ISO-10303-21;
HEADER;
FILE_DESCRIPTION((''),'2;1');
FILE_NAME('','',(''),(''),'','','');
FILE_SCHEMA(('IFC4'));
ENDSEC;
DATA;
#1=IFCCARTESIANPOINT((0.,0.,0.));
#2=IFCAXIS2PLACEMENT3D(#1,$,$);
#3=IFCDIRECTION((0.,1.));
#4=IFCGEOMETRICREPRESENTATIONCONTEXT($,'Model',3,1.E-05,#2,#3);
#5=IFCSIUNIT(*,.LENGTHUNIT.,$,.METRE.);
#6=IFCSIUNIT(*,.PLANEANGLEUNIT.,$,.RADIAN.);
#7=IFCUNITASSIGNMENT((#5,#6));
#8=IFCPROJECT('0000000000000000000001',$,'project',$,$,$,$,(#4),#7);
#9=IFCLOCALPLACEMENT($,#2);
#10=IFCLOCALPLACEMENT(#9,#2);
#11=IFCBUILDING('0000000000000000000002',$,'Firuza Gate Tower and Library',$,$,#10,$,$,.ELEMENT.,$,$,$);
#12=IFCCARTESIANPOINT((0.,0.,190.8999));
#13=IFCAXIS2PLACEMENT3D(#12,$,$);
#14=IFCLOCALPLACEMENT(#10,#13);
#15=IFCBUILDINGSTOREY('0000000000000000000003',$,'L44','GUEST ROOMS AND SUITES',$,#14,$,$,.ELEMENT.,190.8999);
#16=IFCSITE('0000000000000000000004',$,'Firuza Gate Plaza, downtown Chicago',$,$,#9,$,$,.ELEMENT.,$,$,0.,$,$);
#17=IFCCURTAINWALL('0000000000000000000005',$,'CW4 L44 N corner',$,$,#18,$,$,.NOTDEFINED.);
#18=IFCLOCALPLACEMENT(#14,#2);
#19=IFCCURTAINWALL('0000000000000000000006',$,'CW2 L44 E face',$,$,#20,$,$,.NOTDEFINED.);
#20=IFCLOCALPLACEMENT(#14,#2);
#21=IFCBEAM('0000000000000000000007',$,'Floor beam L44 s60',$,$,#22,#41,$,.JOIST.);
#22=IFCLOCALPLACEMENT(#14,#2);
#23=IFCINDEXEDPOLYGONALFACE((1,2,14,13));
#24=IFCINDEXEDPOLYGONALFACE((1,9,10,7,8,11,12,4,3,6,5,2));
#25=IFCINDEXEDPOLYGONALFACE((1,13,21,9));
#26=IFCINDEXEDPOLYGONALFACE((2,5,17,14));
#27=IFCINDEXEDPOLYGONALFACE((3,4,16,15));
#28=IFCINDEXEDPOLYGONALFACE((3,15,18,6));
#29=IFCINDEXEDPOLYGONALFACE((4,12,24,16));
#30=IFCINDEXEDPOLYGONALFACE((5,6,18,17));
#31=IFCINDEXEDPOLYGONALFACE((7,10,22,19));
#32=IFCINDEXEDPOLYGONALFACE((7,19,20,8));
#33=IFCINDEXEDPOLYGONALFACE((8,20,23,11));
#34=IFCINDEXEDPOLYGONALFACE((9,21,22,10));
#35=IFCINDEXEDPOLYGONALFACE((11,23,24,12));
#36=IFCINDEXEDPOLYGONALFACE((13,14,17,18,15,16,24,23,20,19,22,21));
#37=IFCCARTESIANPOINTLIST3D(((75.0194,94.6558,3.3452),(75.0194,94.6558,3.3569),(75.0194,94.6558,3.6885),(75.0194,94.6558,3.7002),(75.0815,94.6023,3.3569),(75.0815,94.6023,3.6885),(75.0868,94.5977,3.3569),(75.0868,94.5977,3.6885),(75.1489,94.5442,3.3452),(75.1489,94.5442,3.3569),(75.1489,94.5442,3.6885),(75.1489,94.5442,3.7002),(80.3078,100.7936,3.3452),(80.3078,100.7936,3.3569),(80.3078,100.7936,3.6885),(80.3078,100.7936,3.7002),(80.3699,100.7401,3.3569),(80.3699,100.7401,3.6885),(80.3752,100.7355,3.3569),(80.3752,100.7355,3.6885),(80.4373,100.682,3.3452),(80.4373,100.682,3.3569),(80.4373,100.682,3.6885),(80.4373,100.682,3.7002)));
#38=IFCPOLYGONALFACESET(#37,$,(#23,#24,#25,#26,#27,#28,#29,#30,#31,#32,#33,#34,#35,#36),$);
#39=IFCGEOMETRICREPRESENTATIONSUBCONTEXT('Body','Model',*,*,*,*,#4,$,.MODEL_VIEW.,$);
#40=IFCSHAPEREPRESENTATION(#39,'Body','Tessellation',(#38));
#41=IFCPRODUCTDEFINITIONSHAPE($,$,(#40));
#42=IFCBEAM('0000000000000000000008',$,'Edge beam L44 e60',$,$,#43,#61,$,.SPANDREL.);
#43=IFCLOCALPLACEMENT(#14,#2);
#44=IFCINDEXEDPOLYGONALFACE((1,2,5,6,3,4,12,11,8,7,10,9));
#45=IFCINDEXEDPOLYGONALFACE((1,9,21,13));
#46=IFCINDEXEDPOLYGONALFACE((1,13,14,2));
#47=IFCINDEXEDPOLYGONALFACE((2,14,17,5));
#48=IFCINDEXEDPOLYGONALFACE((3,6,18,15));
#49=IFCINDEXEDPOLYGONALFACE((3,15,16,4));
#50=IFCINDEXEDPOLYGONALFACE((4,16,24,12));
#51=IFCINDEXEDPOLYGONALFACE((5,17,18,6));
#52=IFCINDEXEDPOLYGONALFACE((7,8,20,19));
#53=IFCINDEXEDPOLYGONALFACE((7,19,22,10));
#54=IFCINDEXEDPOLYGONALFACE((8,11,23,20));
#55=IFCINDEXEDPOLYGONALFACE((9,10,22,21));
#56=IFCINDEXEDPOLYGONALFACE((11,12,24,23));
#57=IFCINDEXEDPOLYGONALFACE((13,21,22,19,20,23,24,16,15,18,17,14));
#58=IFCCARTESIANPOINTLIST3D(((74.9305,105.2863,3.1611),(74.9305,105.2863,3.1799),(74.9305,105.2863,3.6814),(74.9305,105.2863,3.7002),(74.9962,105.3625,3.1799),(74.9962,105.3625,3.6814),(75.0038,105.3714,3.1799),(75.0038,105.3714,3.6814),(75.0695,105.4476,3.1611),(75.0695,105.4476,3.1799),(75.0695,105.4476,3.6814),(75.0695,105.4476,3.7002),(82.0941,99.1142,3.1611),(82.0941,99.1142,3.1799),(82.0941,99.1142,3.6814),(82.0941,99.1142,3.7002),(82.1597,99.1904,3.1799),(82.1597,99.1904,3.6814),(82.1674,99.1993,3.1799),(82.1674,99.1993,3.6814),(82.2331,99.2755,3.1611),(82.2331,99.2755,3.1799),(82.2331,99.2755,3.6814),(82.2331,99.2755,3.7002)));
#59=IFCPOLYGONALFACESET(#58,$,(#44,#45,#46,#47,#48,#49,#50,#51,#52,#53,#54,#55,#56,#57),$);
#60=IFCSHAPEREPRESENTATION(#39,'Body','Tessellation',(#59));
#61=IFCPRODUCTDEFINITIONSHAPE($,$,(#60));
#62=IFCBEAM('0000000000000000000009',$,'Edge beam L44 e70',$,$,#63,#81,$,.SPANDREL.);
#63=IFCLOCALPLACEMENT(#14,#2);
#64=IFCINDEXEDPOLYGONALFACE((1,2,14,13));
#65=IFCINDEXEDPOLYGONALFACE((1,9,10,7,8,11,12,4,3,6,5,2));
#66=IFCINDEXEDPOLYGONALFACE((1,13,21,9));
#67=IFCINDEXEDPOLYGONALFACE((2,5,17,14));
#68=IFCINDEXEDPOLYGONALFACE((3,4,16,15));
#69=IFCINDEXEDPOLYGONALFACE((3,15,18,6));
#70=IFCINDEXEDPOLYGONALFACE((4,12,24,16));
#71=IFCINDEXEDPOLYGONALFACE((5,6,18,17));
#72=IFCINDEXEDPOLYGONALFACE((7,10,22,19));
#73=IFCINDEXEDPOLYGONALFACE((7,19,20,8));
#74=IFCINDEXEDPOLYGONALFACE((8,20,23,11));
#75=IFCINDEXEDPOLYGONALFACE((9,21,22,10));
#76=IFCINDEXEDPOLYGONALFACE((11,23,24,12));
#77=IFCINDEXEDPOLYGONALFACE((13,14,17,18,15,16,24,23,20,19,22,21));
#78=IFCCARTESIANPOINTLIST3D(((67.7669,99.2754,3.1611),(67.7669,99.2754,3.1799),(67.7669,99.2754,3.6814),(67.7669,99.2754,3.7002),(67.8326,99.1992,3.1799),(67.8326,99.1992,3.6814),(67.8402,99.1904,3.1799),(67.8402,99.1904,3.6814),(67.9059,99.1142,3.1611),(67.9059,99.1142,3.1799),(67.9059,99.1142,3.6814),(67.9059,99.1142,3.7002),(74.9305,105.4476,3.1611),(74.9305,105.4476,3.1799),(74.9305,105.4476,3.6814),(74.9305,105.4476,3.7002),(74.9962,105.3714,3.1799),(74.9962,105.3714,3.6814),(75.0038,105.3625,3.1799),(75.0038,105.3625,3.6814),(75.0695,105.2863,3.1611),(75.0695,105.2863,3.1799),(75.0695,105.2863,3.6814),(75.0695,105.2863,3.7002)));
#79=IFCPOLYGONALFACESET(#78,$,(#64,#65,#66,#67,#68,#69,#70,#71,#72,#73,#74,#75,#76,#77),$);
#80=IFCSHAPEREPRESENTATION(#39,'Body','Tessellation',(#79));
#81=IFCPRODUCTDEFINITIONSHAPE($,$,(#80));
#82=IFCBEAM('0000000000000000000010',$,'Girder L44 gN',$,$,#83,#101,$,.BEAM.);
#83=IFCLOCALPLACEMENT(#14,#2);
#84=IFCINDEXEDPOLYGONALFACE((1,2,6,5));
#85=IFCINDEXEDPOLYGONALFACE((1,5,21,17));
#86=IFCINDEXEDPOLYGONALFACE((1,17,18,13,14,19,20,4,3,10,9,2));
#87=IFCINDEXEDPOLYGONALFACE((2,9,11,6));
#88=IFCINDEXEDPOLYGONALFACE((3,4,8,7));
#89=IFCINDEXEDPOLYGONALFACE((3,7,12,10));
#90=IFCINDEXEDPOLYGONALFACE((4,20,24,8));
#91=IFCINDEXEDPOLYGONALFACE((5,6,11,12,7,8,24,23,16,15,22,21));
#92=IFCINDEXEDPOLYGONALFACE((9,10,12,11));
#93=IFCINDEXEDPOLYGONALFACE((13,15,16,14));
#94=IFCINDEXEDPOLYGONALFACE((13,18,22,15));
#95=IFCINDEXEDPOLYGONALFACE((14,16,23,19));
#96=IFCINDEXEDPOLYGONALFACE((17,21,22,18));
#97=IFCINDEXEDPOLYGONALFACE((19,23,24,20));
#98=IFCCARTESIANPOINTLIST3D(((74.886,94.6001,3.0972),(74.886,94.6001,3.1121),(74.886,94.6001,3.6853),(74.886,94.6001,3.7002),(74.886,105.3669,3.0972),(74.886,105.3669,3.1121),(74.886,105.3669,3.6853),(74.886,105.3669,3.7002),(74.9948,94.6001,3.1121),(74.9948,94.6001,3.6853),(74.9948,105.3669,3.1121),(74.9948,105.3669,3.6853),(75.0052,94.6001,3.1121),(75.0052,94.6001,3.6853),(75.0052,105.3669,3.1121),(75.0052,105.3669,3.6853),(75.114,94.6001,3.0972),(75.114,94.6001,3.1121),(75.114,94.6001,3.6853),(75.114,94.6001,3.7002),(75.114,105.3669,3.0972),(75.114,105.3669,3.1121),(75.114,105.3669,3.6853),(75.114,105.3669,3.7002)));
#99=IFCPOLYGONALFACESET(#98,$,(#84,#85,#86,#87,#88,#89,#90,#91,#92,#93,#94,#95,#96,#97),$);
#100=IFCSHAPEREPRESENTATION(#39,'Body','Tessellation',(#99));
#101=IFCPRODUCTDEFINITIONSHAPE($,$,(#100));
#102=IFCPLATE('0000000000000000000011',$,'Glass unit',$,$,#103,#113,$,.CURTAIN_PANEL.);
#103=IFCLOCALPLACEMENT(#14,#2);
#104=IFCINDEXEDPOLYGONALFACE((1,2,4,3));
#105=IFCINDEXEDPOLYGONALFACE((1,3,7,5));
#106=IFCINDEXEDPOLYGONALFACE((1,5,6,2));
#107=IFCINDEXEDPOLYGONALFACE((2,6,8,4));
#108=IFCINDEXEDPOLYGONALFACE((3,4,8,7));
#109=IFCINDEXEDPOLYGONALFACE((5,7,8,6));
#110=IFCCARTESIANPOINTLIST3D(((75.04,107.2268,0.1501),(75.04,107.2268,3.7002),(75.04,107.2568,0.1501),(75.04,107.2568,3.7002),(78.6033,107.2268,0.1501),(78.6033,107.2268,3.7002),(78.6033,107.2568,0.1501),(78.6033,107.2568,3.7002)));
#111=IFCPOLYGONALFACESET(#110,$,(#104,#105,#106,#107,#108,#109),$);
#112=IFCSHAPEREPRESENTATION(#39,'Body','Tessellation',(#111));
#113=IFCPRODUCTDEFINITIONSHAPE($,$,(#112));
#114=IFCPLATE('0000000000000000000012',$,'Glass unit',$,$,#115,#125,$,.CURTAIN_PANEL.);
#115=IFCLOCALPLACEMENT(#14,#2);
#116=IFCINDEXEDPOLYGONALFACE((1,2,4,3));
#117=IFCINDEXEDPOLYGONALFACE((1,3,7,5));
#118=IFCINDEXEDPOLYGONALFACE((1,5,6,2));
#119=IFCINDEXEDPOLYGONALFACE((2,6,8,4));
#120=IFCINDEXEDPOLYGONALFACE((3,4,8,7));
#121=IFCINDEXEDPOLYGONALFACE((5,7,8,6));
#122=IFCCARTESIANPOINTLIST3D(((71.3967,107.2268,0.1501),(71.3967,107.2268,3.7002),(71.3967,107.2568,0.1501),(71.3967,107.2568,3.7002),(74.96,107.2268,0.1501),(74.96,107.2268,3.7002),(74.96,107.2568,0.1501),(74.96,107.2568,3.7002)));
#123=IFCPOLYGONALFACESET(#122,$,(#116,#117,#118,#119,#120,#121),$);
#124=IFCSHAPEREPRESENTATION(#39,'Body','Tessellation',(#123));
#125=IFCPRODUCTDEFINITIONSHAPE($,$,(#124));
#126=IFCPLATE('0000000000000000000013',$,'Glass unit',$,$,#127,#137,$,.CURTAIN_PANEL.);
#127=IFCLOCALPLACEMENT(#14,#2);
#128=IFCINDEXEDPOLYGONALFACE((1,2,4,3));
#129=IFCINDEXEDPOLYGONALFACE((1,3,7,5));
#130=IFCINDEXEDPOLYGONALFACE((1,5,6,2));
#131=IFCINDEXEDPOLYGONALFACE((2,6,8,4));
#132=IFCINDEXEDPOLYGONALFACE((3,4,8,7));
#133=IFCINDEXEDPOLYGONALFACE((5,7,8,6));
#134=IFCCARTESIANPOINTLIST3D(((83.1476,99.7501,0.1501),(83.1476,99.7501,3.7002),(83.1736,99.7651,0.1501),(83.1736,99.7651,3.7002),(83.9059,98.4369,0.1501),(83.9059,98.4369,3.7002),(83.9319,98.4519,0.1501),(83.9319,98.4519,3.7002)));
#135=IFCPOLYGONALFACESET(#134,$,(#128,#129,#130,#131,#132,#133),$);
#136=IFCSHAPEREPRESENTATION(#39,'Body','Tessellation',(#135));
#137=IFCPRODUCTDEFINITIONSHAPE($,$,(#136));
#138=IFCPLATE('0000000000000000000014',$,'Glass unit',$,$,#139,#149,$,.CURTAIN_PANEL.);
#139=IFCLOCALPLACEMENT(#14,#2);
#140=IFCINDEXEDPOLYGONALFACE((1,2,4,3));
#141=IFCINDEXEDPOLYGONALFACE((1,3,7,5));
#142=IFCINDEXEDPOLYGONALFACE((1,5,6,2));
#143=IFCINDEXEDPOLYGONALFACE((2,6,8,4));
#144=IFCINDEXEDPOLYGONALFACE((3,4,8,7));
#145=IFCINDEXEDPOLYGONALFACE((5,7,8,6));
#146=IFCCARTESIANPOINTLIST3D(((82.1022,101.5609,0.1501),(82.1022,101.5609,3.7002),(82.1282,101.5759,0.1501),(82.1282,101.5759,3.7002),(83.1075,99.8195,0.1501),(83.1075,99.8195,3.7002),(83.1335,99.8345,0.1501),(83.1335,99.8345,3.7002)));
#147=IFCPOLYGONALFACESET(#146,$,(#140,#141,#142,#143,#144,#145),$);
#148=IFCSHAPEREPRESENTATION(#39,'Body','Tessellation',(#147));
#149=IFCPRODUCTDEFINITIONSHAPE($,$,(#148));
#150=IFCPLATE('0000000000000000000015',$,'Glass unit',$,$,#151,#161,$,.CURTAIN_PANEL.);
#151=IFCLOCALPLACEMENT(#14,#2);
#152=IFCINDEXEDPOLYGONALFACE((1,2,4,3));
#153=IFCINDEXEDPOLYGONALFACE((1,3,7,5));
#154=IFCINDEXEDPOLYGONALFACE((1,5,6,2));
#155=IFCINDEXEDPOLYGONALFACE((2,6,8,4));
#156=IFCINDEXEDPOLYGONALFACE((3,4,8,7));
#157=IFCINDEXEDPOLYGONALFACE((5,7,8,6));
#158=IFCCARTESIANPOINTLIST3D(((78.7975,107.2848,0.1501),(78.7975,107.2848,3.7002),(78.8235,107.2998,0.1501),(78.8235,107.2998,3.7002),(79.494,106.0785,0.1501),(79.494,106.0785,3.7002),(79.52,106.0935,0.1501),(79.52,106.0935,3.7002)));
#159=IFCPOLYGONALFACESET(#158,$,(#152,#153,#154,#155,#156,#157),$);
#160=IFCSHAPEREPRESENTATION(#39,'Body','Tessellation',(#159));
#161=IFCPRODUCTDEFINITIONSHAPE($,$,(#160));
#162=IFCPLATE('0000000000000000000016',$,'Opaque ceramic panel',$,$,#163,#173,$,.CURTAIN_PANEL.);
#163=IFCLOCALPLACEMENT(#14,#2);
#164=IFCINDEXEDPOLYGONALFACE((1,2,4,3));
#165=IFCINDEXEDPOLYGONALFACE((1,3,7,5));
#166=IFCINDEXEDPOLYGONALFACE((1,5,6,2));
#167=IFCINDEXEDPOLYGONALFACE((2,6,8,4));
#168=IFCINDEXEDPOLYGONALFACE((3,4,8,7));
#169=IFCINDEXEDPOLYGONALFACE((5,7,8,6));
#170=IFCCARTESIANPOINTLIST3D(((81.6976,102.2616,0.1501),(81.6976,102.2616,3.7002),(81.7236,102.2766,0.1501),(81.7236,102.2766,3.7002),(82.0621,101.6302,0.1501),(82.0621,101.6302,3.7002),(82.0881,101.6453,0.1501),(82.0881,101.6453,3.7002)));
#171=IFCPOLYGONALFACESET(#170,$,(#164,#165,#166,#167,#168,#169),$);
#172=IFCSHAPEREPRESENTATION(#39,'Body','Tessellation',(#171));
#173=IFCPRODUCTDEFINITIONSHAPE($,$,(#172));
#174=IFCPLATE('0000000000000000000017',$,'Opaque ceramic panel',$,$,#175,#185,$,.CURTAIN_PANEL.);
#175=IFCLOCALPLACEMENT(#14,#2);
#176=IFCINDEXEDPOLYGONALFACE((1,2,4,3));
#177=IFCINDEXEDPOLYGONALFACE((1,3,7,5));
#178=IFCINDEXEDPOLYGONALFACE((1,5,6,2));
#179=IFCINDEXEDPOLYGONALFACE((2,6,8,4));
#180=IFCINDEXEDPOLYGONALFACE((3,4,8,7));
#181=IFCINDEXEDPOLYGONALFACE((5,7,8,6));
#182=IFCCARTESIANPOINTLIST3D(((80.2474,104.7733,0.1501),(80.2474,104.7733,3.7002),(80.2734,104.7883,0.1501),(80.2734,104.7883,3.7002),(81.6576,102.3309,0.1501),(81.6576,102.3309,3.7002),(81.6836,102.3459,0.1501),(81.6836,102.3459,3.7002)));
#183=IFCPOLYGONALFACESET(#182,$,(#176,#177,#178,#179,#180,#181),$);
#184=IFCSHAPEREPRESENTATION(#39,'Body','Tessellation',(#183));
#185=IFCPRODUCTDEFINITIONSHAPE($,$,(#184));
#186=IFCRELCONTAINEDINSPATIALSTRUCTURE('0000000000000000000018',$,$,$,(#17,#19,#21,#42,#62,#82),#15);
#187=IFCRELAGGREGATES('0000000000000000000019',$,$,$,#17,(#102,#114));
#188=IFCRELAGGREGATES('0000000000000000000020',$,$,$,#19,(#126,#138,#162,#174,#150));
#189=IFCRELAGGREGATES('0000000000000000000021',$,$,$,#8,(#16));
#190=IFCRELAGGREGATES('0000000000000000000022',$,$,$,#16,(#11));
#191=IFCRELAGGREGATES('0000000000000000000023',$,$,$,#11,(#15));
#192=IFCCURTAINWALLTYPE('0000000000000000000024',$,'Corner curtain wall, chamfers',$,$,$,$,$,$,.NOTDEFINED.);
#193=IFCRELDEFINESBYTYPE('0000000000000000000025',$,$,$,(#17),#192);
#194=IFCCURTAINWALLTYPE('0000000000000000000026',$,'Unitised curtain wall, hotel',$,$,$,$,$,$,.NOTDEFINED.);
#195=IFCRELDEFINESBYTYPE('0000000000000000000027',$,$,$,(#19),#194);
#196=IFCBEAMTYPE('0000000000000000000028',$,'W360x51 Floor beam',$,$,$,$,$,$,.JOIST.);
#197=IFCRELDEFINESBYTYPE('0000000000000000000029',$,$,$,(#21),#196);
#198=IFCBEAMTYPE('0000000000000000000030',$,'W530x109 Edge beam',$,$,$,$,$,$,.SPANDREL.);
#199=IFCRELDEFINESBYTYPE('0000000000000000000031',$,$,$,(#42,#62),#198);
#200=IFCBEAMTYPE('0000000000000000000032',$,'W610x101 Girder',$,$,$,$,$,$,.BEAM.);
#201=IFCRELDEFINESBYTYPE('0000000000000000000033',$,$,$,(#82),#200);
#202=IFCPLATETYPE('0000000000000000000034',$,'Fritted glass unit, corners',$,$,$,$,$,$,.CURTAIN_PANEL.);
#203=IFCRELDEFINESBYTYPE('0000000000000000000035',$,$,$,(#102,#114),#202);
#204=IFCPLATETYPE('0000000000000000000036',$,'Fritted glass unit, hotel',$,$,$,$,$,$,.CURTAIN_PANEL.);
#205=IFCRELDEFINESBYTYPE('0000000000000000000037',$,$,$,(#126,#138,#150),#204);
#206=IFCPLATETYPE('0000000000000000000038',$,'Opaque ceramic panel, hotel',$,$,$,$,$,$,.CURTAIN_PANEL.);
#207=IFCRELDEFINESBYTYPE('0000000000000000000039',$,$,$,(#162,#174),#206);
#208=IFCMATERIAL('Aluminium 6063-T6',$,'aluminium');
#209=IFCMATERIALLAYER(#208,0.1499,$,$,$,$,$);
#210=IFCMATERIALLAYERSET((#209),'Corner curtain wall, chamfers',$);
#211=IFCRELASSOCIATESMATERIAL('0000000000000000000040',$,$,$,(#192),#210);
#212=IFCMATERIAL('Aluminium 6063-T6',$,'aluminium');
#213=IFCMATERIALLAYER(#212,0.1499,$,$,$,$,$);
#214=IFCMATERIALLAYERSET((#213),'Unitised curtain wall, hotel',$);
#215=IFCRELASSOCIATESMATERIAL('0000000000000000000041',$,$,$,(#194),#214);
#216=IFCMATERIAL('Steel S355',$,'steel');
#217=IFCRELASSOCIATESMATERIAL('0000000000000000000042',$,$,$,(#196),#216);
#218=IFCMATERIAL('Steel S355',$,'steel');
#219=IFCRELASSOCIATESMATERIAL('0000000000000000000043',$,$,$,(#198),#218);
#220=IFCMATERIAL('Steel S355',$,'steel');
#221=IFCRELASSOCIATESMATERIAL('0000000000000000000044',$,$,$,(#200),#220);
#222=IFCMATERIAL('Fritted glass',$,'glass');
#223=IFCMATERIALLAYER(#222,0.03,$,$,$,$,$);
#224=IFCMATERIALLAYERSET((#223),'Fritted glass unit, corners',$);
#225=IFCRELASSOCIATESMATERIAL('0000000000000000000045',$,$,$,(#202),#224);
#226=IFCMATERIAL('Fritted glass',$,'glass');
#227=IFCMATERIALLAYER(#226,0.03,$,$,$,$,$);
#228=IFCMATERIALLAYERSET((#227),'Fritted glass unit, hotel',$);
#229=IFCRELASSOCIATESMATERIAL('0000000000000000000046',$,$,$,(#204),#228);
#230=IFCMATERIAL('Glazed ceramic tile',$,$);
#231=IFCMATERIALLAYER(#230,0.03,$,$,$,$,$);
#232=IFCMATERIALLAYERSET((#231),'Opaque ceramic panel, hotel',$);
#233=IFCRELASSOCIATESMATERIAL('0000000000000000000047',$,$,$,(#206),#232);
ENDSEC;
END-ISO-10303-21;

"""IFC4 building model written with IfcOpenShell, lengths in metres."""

from ifc_helpers import new_model, si_unit, direction, frame, origin, origin_2d, place, context, subcontext, project, spatial, polyline, i_section, outline, extrude, material, layer, layer_set, material_profile, profile_set, type_object, element, aggregate, save


model = new_model("IFC4")

# Units and contexts
model_context = context("Model", 3, precision=1e-05, world=origin(), true_north=direction((0.0, 1.0)))
body_context = subcontext(model_context, "Body", "Model", "MODEL_VIEW")
ifc_project = project(units=[si_unit("LENGTHUNIT", "METRE"), si_unit("PLANEANGLEUNIT", "RADIAN")], contexts=[model_context])

# Site, building, storey
site_placement = place(None, origin())
site = spatial("IfcSite", under=ifc_project, at=site_placement, Name="Firuza Gate Plaza, downtown Chicago", CompositionType="ELEMENT", RefElevation=0.0)
building_placement = place(site_placement, origin())
building = spatial("IfcBuilding", under=site, at=building_placement, Name="Firuza Gate Tower and Library", CompositionType="ELEMENT")
storey_placement = place(building_placement, frame((0.0, 0.0, 190.8999)))
storey = spatial("IfcBuildingStorey", under=building, at=storey_placement, Name="L44", Description="GUEST ROOMS AND SUITES", CompositionType="ELEMENT", Elevation=190.8999)

# Curtain walls
ifc_material_1 = material(Name="Aluminium 6063-T6", Category="aluminium")
ifc_layer_1 = layer(ifc_material_1, 0.1499)
ifc_layer_set_1 = layer_set([ifc_layer_1], Name="Corner curtain wall, chamfers")
curtain_wall_type_1 = type_object("IfcCurtainWallType", Name="Corner curtain wall, chamfers", PredefinedType="NOTDEFINED", material=ifc_layer_set_1)
placement = place(storey_placement, origin())
curtain_wall_1 = element("IfcCurtainWall", 1, at=placement, inside=storey, type_object=curtain_wall_type_1, Name="CW4 L44 N corner", PredefinedType="NOTDEFINED")
ifc_material_2 = material(Name="Aluminium 6063-T6", Category="aluminium")
ifc_layer_2 = layer(ifc_material_2, 0.1499)
ifc_layer_set_2 = layer_set([ifc_layer_2], Name="Unitised curtain wall, hotel")
curtain_wall_type_2 = type_object("IfcCurtainWallType", Name="Unitised curtain wall, hotel", PredefinedType="NOTDEFINED", material=ifc_layer_set_2)
curtain_wall_2 = element("IfcCurtainWall", 2, at=placement, inside=storey, type_object=curtain_wall_type_2, Name="CW2 L44 E face", PredefinedType="NOTDEFINED")

# Beams
ifc_material_3 = material(Name="Steel S355", Category="steel")
ifc_material_profile_1 = material_profile(ifc_material_3, i_section(OverallWidth=0.1709, OverallDepth=0.355, WebThickness=0.0071, FlangeThickness=0.0117, at=origin_2d()))
ifc_profile_set_1 = profile_set([ifc_material_profile_1], Name="Steel S355")
beam_type_1 = type_object("IfcBeamType", Name="W360x51 Floor beam", PredefinedType="JOIST", material=ifc_profile_set_1)
beam_1_placement = place(storey_placement, frame((80.3726, 100.7378, 3.5227), z_axis=(-0.652742, -0.75758, 0.0), x_axis=(0.75758, -0.652742, 0.0)))
element("IfcBeam", 3, at=beam_1_placement, inside=storey, type_object=beam_type_1, Name="Floor beam L44 s60", PredefinedType="JOIST", context=body_context, shape_type="SweptSolid", body=[
    extrude(i_section(OverallWidth=0.1709, OverallDepth=0.355, WebThickness=0.0071, FlangeThickness=0.0117, at=origin_2d()), origin(), (0.0, 0.0, 1.0), 8.1018),
])
ifc_material_4 = material(Name="Steel S355", Category="steel")
ifc_material_profile_2 = material_profile(ifc_material_4, i_section(OverallWidth=0.2129, OverallDepth=0.5391, WebThickness=0.0117, FlangeThickness=0.0188, at=origin_2d()))
ifc_profile_set_2 = profile_set([ifc_material_profile_2], Name="Steel S355")
beam_type_2 = type_object("IfcBeamType", Name="W530x109 Edge beam", PredefinedType="SPANDREL", material=ifc_profile_set_2)
for number, where, z_axis, x_axis, name in (
    (4, (82.1636, 99.1948, 3.4307), (-0.757586, 0.652735, 0.0), (-0.652735, -0.757586, 0.0), "Edge beam L44 e60"),
    (5, (75.0, 105.3669, 3.4307), (-0.757586, -0.652735, 0.0), (0.652735, -0.757586, 0.0), "Edge beam L44 e70"),
):
    element("IfcBeam", number, at=place(storey_placement, frame(where, z_axis=z_axis, x_axis=x_axis)), inside=storey, type_object=beam_type_2, Name=name, PredefinedType="SPANDREL", context=body_context, shape_type="SweptSolid", body=[
        extrude(i_section(OverallWidth=0.2129, OverallDepth=0.5391, WebThickness=0.0117, FlangeThickness=0.0188, at=origin_2d()), origin(), (0.0, 0.0, 1.0), 9.4558),
    ])
ifc_material_5 = material(Name="Steel S355", Category="steel")
ifc_material_profile_3 = material_profile(ifc_material_5, i_section(OverallWidth=0.228, OverallDepth=0.603, WebThickness=0.0105, FlangeThickness=0.0149, at=origin_2d()))
ifc_profile_set_3 = profile_set([ifc_material_profile_3], Name="Steel S355")
beam_type_3 = type_object("IfcBeamType", Name="W610x101 Girder", PredefinedType="BEAM", material=ifc_profile_set_3)
beam_2_placement = place(storey_placement, frame((75.0, 105.3669, 3.3987), z_axis=(0.0, -1.0, 0.0), x_axis=(1.0, 0.0, 0.0)))
element("IfcBeam", 6, at=beam_2_placement, inside=storey, type_object=beam_type_3, Name="Girder L44 gN", PredefinedType="BEAM", context=body_context, shape_type="SweptSolid", body=[
    extrude(i_section(OverallWidth=0.228, OverallDepth=0.603, WebThickness=0.0105, FlangeThickness=0.0149, at=origin_2d()), origin(), (0.0, 0.0, 1.0), 10.7668),
])

# Plates
ifc_material_6 = material(Name="Fritted glass", Category="glass")
ifc_layer_3 = layer(ifc_material_6, 0.03)
ifc_layer_set_3 = layer_set([ifc_layer_3], Name="Fritted glass unit, corners")
plate_type_1 = type_object("IfcPlateType", Name="Fritted glass unit, corners", PredefinedType="CURTAIN_PANEL", material=ifc_layer_set_3)
plate_1_placement = place(storey_placement, frame((78.6033, 107.2568, 0.1501), z_axis=(0.0, 1.0, 0.0), x_axis=(-1.0, 0.0, 0.0)))
plate_1 = element("IfcPlate", 7, at=plate_1_placement, type_object=plate_type_1, Name="Glass unit", PredefinedType="CURTAIN_PANEL", context=body_context, shape_type="SweptSolid", body=[
    extrude(outline(polyline([(0.0, 0.0), (3.5632, 0.0), (3.5632, 3.55), (0.0, 3.55), (0.0, 0.0)])), origin(), (0.0, 0.0, -1.0), 0.03),
])
plate_2_placement = place(storey_placement, frame((74.96, 107.2568, 0.1501), z_axis=(0.0, 1.0, 0.0), x_axis=(-1.0, 0.0, 0.0)))
plate_2 = element("IfcPlate", 8, at=plate_2_placement, type_object=plate_type_1, Name="Glass unit", PredefinedType="CURTAIN_PANEL", context=body_context, shape_type="SweptSolid", body=[
    extrude(outline(polyline([(0.0, 0.0), (3.5632, 0.0), (3.5632, 3.55), (0.0, 3.55), (0.0, 0.0)])), origin(), (0.0, 0.0, -1.0), 0.03),
])
aggregate(curtain_wall_1, [plate_1, plate_2])
ifc_material_7 = material(Name="Fritted glass", Category="glass")
ifc_layer_4 = layer(ifc_material_7, 0.03)
ifc_layer_set_4 = layer_set([ifc_layer_4], Name="Fritted glass unit, hotel")
plate_type_2 = type_object("IfcPlateType", Name="Fritted glass unit, hotel", PredefinedType="CURTAIN_PANEL", material=ifc_layer_set_4)
plate_3_placement = place(storey_placement, frame((83.9319, 98.4519, 0.1501), z_axis=(0.865995, 0.500052, 0.0), x_axis=(-0.500052, 0.865995, 0.0)))
plate_3 = element("IfcPlate", 9, at=plate_3_placement, type_object=plate_type_2, Name="Glass unit", PredefinedType="CURTAIN_PANEL", context=body_context, shape_type="SweptSolid", body=[
    extrude(outline(polyline([(0.0, 0.0), (1.5164, 0.0), (1.5164, 3.55), (0.0, 3.55), (0.0, 0.0)])), origin(), (0.0, 0.0, -1.0), 0.03),
])
plate_4_placement = place(storey_placement, frame((83.1335, 99.8345, 0.1501), z_axis=(0.866038, 0.499978, 0.0), x_axis=(-0.499978, 0.866038, 0.0)))
plate_4 = element("IfcPlate", 10, at=plate_4_placement, type_object=plate_type_2, Name="Glass unit", PredefinedType="CURTAIN_PANEL", context=body_context, shape_type="SweptSolid", body=[
    extrude(outline(polyline([(0.0, 0.0), (2.0108, 0.0), (2.0108, 3.55), (0.0, 3.55), (0.0, 0.0)])), origin(), (0.0, 0.0, -1.0), 0.03),
])
plate_5_placement = place(storey_placement, frame((79.52, 106.0935, 0.1501), z_axis=(0.866002, 0.500041, 0.0), x_axis=(-0.500041, 0.866002, 0.0)))
plate_5 = element("IfcPlate", 11, at=plate_5_placement, type_object=plate_type_2, Name="Glass unit", PredefinedType="CURTAIN_PANEL", context=body_context, shape_type="SweptSolid", body=[
    extrude(outline(polyline([(0.0, 0.0), (1.393, 0.0), (1.393, 3.55), (0.0, 3.55), (0.0, 0.0)])), origin(), (0.0, 0.0, -1.0), 0.03),
])
ifc_material_8 = material(Name="Glazed ceramic tile")
ifc_layer_5 = layer(ifc_material_8, 0.03)
ifc_layer_set_5 = layer_set([ifc_layer_5], Name="Opaque ceramic panel, hotel")
plate_type_3 = type_object("IfcPlateType", Name="Opaque ceramic panel, hotel", PredefinedType="CURTAIN_PANEL", material=ifc_layer_set_5)
plate_6_placement = place(storey_placement, frame((82.0881, 101.6453, 0.1501), z_axis=(0.866029, 0.499993, 0.0), x_axis=(-0.499993, 0.866029, 0.0)))
plate_6 = element("IfcPlate", 12, at=plate_6_placement, type_object=plate_type_3, Name="Opaque ceramic panel", PredefinedType="CURTAIN_PANEL", context=body_context, shape_type="SweptSolid", body=[
    extrude(outline(polyline([(0.0, 0.0), (0.729, 0.0), (0.729, 3.55), (0.0, 3.55), (0.0, 0.0)])), origin(), (0.0, 0.0, -1.0), 0.03),
])
plate_7_placement = place(storey_placement, frame((81.6836, 102.3459, 0.1501), z_axis=(0.866018, 0.500012, 0.0), x_axis=(-0.500012, 0.866018, 0.0)))
plate_7 = element("IfcPlate", 13, at=plate_7_placement, type_object=plate_type_3, Name="Opaque ceramic panel", PredefinedType="CURTAIN_PANEL", context=body_context, shape_type="SweptSolid", body=[
    extrude(outline(polyline([(0.0, 0.0), (2.8202, 0.0), (2.8202, 3.55), (0.0, 3.55), (0.0, 0.0)])), origin(), (0.0, 0.0, -1.0), 0.03),
])
aggregate(curtain_wall_2, [plate_3, plate_4, plate_6, plate_7, plate_5])

save(model, "model.ifc")
